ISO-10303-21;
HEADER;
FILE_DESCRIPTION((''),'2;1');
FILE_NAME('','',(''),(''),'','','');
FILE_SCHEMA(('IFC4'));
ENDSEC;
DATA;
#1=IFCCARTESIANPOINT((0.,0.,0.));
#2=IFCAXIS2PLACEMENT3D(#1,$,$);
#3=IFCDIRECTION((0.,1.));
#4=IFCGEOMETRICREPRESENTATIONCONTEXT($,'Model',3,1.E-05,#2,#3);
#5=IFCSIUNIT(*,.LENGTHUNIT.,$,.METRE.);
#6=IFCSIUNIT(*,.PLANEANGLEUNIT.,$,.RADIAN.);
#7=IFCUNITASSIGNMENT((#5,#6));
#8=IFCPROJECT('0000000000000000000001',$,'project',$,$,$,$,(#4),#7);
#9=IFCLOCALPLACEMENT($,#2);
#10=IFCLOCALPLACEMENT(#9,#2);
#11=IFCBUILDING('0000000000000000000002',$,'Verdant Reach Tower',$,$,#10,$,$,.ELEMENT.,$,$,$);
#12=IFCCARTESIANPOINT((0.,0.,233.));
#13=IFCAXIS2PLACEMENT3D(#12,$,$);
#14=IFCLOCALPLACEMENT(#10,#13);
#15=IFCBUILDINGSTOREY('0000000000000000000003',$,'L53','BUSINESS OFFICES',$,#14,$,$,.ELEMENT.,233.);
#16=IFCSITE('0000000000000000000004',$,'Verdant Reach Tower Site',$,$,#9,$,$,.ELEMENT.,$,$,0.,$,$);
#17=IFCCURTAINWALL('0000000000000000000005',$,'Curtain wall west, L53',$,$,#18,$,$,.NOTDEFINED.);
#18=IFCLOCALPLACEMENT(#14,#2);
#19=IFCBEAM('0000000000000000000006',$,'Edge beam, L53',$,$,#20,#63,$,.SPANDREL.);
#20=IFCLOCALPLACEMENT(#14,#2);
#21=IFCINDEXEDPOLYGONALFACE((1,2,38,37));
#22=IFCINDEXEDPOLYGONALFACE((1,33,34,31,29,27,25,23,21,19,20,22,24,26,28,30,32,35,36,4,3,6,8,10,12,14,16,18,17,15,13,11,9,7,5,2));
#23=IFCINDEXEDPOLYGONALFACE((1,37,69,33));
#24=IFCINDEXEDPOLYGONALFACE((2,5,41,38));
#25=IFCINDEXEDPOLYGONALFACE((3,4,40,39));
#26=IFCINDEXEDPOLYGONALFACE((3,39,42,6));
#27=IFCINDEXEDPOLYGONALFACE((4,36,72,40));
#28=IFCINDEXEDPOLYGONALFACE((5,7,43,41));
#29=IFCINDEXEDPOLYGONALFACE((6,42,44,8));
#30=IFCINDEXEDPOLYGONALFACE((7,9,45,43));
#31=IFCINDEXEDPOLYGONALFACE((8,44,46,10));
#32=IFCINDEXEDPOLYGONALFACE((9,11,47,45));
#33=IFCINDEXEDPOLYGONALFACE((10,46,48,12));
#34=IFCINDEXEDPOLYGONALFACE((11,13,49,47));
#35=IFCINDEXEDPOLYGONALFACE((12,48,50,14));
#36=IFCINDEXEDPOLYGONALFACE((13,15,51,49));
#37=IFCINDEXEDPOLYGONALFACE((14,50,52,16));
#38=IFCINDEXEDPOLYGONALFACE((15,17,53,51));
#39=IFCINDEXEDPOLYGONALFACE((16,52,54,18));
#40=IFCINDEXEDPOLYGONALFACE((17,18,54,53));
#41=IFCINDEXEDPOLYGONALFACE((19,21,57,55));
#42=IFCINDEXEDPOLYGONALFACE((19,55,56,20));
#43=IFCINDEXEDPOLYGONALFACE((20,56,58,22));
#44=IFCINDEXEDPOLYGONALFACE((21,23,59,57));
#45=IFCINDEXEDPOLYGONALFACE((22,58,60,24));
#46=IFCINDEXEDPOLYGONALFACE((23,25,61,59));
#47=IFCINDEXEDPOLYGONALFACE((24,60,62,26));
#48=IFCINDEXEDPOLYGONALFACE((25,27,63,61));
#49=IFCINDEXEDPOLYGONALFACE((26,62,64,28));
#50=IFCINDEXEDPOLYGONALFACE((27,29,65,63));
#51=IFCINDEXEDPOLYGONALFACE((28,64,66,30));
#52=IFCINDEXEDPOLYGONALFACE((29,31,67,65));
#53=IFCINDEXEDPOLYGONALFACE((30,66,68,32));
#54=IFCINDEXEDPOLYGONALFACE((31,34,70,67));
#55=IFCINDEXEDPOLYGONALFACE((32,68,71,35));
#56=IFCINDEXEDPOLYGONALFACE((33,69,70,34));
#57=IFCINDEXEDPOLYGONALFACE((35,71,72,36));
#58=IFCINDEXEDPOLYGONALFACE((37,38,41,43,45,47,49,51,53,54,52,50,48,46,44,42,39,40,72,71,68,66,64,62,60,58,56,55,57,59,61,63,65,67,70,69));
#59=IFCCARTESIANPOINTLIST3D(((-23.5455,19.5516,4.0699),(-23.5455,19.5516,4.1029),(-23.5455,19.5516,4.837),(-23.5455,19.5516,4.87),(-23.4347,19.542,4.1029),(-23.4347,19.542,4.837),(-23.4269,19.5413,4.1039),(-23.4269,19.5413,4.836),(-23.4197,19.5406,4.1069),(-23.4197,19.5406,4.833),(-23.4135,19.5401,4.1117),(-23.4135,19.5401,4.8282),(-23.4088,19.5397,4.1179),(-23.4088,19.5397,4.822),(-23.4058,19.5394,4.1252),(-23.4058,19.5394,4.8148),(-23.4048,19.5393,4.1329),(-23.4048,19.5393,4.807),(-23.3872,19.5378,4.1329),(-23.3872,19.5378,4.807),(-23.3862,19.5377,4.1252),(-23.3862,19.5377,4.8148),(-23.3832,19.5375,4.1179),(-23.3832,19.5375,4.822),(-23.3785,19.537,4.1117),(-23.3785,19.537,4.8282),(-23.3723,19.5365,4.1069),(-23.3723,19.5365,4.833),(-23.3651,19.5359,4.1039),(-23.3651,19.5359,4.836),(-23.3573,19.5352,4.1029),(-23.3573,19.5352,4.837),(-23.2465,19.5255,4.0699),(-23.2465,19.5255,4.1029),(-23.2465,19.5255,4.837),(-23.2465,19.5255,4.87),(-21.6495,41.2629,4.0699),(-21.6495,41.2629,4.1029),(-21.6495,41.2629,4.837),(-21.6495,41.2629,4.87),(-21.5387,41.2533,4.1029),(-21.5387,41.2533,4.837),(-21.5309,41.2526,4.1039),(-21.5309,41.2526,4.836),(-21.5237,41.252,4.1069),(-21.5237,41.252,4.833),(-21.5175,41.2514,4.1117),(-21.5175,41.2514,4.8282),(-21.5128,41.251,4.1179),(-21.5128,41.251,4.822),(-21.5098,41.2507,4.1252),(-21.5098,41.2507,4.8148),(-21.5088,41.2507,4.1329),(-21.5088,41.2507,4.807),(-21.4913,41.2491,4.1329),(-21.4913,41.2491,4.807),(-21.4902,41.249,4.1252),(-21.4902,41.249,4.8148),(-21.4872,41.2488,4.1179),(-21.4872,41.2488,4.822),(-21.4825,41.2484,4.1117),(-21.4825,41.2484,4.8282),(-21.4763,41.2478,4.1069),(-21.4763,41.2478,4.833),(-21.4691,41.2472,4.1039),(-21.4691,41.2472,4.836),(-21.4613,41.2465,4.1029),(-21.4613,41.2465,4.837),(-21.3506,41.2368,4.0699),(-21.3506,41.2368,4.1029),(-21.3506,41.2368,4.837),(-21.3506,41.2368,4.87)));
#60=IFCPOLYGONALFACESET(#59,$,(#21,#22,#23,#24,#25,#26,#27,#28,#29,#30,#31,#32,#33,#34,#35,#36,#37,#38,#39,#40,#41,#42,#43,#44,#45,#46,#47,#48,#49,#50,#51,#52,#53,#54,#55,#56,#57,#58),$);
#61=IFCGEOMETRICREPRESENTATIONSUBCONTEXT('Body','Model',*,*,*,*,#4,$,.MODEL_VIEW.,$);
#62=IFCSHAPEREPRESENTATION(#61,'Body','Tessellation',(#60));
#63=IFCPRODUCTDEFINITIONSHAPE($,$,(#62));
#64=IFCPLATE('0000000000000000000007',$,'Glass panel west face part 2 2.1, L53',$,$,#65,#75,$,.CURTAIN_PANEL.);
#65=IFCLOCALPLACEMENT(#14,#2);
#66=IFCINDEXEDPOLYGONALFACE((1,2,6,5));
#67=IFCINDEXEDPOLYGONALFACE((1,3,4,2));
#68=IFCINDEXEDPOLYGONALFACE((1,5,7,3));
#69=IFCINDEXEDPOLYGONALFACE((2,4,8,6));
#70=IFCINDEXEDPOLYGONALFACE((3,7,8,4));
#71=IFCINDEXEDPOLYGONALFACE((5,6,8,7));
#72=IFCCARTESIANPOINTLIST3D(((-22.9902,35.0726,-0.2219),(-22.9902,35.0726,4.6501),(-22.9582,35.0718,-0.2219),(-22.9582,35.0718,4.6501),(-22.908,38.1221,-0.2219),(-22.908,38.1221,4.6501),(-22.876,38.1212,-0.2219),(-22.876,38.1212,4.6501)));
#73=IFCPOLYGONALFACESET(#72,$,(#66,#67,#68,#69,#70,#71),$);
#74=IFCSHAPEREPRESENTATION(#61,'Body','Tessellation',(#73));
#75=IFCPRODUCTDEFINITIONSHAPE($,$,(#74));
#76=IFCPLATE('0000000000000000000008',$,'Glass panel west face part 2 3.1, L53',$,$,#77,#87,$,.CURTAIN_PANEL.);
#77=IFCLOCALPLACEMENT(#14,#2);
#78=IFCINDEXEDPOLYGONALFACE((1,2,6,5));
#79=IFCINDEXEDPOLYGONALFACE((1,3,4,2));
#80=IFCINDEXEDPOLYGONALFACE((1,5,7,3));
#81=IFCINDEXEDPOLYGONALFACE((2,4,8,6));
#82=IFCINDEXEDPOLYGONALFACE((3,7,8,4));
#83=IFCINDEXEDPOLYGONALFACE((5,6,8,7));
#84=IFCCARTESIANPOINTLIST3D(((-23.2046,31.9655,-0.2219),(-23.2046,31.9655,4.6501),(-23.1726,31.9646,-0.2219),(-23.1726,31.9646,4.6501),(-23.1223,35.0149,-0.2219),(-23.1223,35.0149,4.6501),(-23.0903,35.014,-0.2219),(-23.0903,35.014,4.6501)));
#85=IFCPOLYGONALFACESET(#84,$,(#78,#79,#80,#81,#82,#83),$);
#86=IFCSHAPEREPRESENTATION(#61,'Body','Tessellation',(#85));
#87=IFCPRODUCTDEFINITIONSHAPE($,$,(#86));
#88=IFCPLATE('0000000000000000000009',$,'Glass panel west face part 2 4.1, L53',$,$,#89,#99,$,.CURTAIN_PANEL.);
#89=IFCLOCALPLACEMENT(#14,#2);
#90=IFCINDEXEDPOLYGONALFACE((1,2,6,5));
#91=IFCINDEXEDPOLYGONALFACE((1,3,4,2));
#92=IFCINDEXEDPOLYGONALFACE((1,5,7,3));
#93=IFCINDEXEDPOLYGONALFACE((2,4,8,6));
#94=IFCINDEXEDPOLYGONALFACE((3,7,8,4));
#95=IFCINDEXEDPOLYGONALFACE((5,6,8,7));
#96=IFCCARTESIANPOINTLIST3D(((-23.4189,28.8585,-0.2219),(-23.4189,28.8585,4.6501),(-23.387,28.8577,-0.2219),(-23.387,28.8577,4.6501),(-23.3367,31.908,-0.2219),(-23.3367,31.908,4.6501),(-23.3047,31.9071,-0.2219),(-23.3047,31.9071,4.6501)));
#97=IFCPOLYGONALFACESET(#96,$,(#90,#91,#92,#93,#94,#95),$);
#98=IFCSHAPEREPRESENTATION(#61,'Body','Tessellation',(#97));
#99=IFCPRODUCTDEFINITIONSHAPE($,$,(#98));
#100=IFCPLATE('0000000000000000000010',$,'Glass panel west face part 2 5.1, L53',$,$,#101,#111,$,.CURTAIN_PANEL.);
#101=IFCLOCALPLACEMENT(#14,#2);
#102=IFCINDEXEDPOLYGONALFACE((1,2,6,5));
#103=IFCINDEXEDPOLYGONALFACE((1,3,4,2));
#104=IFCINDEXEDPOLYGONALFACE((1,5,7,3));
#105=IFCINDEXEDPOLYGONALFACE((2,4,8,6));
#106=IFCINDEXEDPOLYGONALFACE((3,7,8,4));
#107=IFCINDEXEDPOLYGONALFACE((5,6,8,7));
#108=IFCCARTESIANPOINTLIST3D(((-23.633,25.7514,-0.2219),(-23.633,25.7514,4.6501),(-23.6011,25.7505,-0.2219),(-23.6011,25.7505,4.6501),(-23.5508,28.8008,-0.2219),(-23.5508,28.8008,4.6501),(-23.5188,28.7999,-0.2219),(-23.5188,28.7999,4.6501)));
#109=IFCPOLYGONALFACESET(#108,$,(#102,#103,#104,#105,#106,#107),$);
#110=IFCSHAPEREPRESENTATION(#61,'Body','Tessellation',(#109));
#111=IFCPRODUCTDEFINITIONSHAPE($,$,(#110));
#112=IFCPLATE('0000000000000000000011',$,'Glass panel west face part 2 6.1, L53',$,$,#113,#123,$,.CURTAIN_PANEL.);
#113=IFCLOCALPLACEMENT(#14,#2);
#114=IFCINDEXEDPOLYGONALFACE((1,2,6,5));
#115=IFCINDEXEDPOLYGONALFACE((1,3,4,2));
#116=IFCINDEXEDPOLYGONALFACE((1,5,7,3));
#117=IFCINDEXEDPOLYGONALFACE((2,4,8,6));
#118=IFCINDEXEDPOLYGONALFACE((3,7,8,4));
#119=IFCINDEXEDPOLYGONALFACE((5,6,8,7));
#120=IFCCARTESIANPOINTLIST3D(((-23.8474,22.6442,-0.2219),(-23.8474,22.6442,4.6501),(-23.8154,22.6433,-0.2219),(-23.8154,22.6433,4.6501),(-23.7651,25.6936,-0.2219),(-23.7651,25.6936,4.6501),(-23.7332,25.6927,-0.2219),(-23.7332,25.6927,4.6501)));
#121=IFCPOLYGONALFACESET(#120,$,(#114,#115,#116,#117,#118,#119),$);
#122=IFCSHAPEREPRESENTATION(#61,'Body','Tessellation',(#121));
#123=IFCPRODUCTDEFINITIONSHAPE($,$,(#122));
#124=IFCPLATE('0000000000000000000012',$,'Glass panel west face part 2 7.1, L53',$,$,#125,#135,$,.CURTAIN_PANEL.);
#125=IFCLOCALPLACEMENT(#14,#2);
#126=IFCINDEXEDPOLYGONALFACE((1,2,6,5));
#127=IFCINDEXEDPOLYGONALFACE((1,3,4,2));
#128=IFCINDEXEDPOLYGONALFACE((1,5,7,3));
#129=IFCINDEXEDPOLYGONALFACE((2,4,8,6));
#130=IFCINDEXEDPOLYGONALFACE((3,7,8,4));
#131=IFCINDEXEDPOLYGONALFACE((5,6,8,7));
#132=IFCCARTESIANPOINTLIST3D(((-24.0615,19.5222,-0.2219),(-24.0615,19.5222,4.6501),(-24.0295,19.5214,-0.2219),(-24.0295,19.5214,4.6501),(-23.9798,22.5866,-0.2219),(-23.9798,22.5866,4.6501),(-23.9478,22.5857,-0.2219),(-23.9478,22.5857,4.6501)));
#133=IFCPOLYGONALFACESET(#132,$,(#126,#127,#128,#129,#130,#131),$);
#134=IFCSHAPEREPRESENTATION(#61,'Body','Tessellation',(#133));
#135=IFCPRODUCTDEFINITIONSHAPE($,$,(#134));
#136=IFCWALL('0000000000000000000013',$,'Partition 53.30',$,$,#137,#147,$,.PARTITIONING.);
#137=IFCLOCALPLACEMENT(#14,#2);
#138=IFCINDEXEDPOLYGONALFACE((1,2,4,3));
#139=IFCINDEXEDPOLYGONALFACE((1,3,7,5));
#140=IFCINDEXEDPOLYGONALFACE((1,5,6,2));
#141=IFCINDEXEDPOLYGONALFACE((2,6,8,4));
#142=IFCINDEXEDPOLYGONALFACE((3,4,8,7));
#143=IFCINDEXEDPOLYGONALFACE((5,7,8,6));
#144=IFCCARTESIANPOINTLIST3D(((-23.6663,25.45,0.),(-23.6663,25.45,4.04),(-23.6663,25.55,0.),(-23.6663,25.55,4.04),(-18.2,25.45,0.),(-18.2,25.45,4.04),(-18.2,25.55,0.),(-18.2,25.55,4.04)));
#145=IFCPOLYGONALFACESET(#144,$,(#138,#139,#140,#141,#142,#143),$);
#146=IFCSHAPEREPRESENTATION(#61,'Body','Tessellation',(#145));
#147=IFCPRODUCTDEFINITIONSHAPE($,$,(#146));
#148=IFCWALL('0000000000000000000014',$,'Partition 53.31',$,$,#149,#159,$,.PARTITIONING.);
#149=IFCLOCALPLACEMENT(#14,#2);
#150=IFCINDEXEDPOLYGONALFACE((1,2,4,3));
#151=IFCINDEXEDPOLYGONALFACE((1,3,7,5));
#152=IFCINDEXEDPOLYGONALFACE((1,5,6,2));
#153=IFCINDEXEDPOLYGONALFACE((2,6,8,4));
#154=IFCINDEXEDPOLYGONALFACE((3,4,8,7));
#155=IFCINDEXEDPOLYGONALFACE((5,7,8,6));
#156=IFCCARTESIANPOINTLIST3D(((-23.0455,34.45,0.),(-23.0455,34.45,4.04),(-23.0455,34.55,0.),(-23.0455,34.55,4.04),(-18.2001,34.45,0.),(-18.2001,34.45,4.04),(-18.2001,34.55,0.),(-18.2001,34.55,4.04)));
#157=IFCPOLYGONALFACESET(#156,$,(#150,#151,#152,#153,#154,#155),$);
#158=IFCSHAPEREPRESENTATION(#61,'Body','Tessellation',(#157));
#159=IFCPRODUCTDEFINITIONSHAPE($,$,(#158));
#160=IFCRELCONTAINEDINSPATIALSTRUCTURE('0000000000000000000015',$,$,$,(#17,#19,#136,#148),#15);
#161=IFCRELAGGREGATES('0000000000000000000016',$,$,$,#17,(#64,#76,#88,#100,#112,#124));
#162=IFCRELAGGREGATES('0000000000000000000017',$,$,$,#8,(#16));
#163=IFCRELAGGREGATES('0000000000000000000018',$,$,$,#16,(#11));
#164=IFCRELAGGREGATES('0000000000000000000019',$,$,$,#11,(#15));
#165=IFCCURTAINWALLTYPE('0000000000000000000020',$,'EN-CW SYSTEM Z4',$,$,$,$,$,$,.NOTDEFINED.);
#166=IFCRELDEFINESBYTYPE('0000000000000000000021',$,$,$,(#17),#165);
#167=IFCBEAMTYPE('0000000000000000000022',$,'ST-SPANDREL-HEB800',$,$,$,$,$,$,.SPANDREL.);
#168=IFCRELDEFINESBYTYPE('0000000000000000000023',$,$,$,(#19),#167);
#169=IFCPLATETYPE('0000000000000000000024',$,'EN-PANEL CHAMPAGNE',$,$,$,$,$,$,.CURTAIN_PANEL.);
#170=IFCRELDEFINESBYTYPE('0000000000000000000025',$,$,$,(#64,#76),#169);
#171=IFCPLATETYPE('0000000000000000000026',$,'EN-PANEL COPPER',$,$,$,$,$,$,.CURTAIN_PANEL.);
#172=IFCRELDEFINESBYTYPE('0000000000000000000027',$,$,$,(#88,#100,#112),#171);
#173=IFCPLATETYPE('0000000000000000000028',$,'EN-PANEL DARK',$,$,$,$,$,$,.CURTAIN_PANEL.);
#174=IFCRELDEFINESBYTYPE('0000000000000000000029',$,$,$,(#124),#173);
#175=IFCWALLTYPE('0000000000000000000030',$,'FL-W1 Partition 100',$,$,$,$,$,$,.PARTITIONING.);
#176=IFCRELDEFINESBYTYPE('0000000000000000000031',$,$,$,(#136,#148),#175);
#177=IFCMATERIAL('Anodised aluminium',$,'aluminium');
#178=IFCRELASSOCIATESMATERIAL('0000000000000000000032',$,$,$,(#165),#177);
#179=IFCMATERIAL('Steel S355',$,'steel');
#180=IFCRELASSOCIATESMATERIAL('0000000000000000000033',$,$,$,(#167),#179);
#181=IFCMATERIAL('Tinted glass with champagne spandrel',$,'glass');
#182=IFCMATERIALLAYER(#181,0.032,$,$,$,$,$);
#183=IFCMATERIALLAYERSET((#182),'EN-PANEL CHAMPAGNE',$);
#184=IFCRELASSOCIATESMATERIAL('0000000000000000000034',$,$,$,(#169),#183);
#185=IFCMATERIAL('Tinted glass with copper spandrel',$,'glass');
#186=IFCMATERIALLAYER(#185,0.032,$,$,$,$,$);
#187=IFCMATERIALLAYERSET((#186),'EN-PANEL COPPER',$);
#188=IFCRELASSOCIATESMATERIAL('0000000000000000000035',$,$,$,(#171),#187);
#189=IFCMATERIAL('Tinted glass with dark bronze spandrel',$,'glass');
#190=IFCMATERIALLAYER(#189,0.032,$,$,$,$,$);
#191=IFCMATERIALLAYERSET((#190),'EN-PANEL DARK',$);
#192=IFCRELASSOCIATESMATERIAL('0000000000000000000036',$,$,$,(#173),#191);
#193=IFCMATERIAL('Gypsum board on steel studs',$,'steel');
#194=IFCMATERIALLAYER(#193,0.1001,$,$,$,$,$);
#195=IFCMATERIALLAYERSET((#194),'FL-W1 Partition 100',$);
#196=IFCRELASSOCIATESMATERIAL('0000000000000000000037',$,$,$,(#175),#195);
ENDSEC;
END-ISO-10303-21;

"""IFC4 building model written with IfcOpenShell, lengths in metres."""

from ifc_helpers import new_model, si_unit, direction, frame, frame_2d, origin, origin_2d, place, context, subcontext, project, spatial, rectangle, i_section, extrude, material, layer, layer_set, material_profile, profile_set, type_object, element, aggregate, save


model = new_model("IFC4")

# Units and contexts
model_context = context("Model", 3, precision=1e-05, world=origin(), true_north=direction((0.0, 1.0)))
body_context = subcontext(model_context, "Body", "Model", "MODEL_VIEW")
ifc_project = project(units=[si_unit("LENGTHUNIT", "METRE"), si_unit("PLANEANGLEUNIT", "RADIAN")], contexts=[model_context])

# Site, building, storey
site_placement = place(None, origin())
site = spatial("IfcSite", under=ifc_project, at=site_placement, Name="Verdant Reach Tower Site", CompositionType="ELEMENT", RefElevation=0.0)
building_placement = place(site_placement, origin())
building = spatial("IfcBuilding", under=site, at=building_placement, Name="Verdant Reach Tower", CompositionType="ELEMENT")
storey_placement = place(building_placement, frame((0.0, 0.0, 233.0)))
storey = spatial("IfcBuildingStorey", under=building, at=storey_placement, Name="L53", Description="BUSINESS OFFICES", CompositionType="ELEMENT", Elevation=233.0)

# Curtain wall
ifc_material_1 = material(Name="Anodised aluminium", Category="aluminium")
curtain_wall_type = type_object("IfcCurtainWallType", Name="EN-CW SYSTEM Z4", PredefinedType="NOTDEFINED", material=ifc_material_1)
curtain_wall_1_placement = place(storey_placement, origin())
curtain_wall_1 = element("IfcCurtainWall", 1, at=curtain_wall_1_placement, inside=storey, type_object=curtain_wall_type, Name="Curtain wall west, L53", PredefinedType="NOTDEFINED")

# Beam
ifc_material_2 = material(Name="Steel S355", Category="steel")
ifc_material_profile_1 = material_profile(ifc_material_2, i_section(OverallWidth=0.3, OverallDepth=0.8, WebThickness=0.0176, FlangeThickness=0.033, FilletRadius=0.03, at=origin_2d()), Name="HEB 800")
ifc_profile_set_1 = profile_set([ifc_material_profile_1], Name="Steel S355")
beam_type_1 = type_object("IfcBeamType", Name="ST-SPANDREL-HEB800", PredefinedType="SPANDREL", material=ifc_profile_set_1)
beam_1_placement = place(storey_placement, frame((-23.396, 19.5386, 4.47), z_axis=(0.086996, 0.996209, 0.0), x_axis=(-0.996209, 0.086996, 0.0)))
element("IfcBeam", 2, at=beam_1_placement, inside=storey, type_object=beam_type_1, Name="Edge beam, L53", PredefinedType="SPANDREL", context=body_context, shape_type="SweptSolid", body=[
    extrude(i_section(OverallWidth=0.3, OverallDepth=0.8, WebThickness=0.0176, FlangeThickness=0.033, FilletRadius=0.03, at=origin_2d()), origin(), (0.0, 0.0, 1.0), 21.7939),
])

# Plates
ifc_material_3 = material(Name="Tinted glass with champagne spandrel", Category="glass")
ifc_layer_1 = layer(ifc_material_3, 0.032)
ifc_layer_set_1 = layer_set([ifc_layer_1], Name="EN-PANEL CHAMPAGNE")
plate_type_1 = type_object("IfcPlateType", Name="EN-PANEL CHAMPAGNE", PredefinedType="CURTAIN_PANEL", material=ifc_layer_set_1)
plate_1_placement = place(storey_placement, frame((-22.9331, 36.5969, -0.2219), z_axis=(0.0, 0.0, 1.0), x_axis=(-0.026965, -0.999636, 0.0)))
plate_1 = element("IfcPlate", 3, at=plate_1_placement, type_object=plate_type_1, Name="Glass panel west face part 2 2.1, L53", PredefinedType="CURTAIN_PANEL", context=body_context, shape_type="SweptSolid", body=[
    extrude(rectangle(XDim=3.0505, YDim=0.032, at=origin_2d()), origin(), (0.0, 0.0, 1.0), 4.8721),
])
plate_2_placement = place(storey_placement, frame((-23.1475, 33.4897, -0.2219), z_axis=(0.0, 0.0, 1.0), x_axis=(-0.026965, -0.999636, 0.0)))
plate_2 = element("IfcPlate", 4, at=plate_2_placement, type_object=plate_type_1, Name="Glass panel west face part 2 3.1, L53", PredefinedType="CURTAIN_PANEL", context=body_context, shape_type="SweptSolid", body=[
    extrude(rectangle(XDim=3.0505, YDim=0.032, at=origin_2d()), origin(), (0.0, 0.0, 1.0), 4.8721),
])
ifc_material_4 = material(Name="Tinted glass with copper spandrel", Category="glass")
ifc_layer_2 = layer(ifc_material_4, 0.032)
ifc_layer_set_2 = layer_set([ifc_layer_2], Name="EN-PANEL COPPER")
plate_type_2 = type_object("IfcPlateType", Name="EN-PANEL COPPER", PredefinedType="CURTAIN_PANEL", material=ifc_layer_set_2)
plate_3_placement = place(storey_placement, frame((-23.3618, 30.3828, -0.2219), z_axis=(0.0, 0.0, 1.0), x_axis=(-0.026965, -0.999636, 0.0)))
plate_3 = element("IfcPlate", 5, at=plate_3_placement, type_object=plate_type_2, Name="Glass panel west face part 2 4.1, L53", PredefinedType="CURTAIN_PANEL", context=body_context, shape_type="SweptSolid", body=[
    extrude(rectangle(XDim=3.0505, YDim=0.032, at=origin_2d()), origin(), (0.0, 0.0, 1.0), 4.8721),
])
plate_4_placement = place(storey_placement, frame((-23.5759, 27.2756, -0.2219), z_axis=(0.0, 0.0, 1.0), x_axis=(-0.026965, -0.999636, 0.0)))
plate_4 = element("IfcPlate", 6, at=plate_4_placement, type_object=plate_type_2, Name="Glass panel west face part 2 5.1, L53", PredefinedType="CURTAIN_PANEL", context=body_context, shape_type="SweptSolid", body=[
    extrude(rectangle(XDim=3.0505, YDim=0.032, at=origin_2d()), origin(), (0.0, 0.0, 1.0), 4.8721),
])
plate_5_placement = place(storey_placement, frame((-23.7903, 24.1685, -0.2219), z_axis=(0.0, 0.0, 1.0), x_axis=(-0.026965, -0.999636, 0.0)))
plate_5 = element("IfcPlate", 7, at=plate_5_placement, type_object=plate_type_2, Name="Glass panel west face part 2 6.1, L53", PredefinedType="CURTAIN_PANEL", context=body_context, shape_type="SweptSolid", body=[
    extrude(rectangle(XDim=3.0505, YDim=0.032, at=origin_2d()), origin(), (0.0, 0.0, 1.0), 4.8721),
])
ifc_material_5 = material(Name="Tinted glass with dark bronze spandrel", Category="glass")
ifc_layer_3 = layer(ifc_material_5, 0.032)
ifc_layer_set_3 = layer_set([ifc_layer_3], Name="EN-PANEL DARK")
plate_type_3 = type_object("IfcPlateType", Name="EN-PANEL DARK", PredefinedType="CURTAIN_PANEL", material=ifc_layer_set_3)
plate_6_placement = place(storey_placement, frame((-24.0046, 21.054, -0.2219), z_axis=(0.0, 0.0, 1.0), x_axis=(-0.026651, -0.999645, 0.0)))
plate_6 = element("IfcPlate", 8, at=plate_6_placement, type_object=plate_type_3, Name="Glass panel west face part 2 7.1, L53", PredefinedType="CURTAIN_PANEL", context=body_context, shape_type="SweptSolid", body=[
    extrude(rectangle(XDim=3.0654, YDim=0.032, at=origin_2d()), origin(), (0.0, 0.0, 1.0), 4.8721),
])
aggregate(curtain_wall_1, [plate_1, plate_2, plate_3, plate_4, plate_5, plate_6])

# Walls
ifc_material_6 = material(Name="Gypsum board on steel studs", Category="steel")
ifc_layer_4 = layer(ifc_material_6, 0.1001)
ifc_layer_set_4 = layer_set([ifc_layer_4], Name="FL-W1 Partition 100")
wall_type_1 = type_object("IfcWallType", Name="FL-W1 Partition 100", PredefinedType="PARTITIONING", material=ifc_layer_set_4)
wall_1_placement = place(storey_placement, frame((-18.2, 25.5, 0.0), z_axis=(0.0, 0.0, 1.0), x_axis=(-1.0, 0.0, 0.0)))
element("IfcWall", 9, at=wall_1_placement, inside=storey, type_object=wall_type_1, Name="Partition 53.30", PredefinedType="PARTITIONING", context=body_context, shape_type="SweptSolid", body=[
    extrude(rectangle(XDim=5.4663, YDim=0.1001, at=frame_2d((2.7332, 0.0))), origin(), (0.0, 0.0, 1.0), 4.04),
])
wall_2_placement = place(storey_placement, frame((-18.2, 34.5, 0.0), z_axis=(0.0, 0.0, 1.0), x_axis=(-1.0, 0.0, 0.0)))
element("IfcWall", 10, at=wall_2_placement, inside=storey, type_object=wall_type_1, Name="Partition 53.31", PredefinedType="PARTITIONING", context=body_context, shape_type="SweptSolid", body=[
    extrude(rectangle(XDim=4.8455, YDim=0.1001, at=frame_2d((2.4229, 0.0))), origin(), (0.0, 0.0, 1.0), 4.04),
])

save(model, "model.ifc")
